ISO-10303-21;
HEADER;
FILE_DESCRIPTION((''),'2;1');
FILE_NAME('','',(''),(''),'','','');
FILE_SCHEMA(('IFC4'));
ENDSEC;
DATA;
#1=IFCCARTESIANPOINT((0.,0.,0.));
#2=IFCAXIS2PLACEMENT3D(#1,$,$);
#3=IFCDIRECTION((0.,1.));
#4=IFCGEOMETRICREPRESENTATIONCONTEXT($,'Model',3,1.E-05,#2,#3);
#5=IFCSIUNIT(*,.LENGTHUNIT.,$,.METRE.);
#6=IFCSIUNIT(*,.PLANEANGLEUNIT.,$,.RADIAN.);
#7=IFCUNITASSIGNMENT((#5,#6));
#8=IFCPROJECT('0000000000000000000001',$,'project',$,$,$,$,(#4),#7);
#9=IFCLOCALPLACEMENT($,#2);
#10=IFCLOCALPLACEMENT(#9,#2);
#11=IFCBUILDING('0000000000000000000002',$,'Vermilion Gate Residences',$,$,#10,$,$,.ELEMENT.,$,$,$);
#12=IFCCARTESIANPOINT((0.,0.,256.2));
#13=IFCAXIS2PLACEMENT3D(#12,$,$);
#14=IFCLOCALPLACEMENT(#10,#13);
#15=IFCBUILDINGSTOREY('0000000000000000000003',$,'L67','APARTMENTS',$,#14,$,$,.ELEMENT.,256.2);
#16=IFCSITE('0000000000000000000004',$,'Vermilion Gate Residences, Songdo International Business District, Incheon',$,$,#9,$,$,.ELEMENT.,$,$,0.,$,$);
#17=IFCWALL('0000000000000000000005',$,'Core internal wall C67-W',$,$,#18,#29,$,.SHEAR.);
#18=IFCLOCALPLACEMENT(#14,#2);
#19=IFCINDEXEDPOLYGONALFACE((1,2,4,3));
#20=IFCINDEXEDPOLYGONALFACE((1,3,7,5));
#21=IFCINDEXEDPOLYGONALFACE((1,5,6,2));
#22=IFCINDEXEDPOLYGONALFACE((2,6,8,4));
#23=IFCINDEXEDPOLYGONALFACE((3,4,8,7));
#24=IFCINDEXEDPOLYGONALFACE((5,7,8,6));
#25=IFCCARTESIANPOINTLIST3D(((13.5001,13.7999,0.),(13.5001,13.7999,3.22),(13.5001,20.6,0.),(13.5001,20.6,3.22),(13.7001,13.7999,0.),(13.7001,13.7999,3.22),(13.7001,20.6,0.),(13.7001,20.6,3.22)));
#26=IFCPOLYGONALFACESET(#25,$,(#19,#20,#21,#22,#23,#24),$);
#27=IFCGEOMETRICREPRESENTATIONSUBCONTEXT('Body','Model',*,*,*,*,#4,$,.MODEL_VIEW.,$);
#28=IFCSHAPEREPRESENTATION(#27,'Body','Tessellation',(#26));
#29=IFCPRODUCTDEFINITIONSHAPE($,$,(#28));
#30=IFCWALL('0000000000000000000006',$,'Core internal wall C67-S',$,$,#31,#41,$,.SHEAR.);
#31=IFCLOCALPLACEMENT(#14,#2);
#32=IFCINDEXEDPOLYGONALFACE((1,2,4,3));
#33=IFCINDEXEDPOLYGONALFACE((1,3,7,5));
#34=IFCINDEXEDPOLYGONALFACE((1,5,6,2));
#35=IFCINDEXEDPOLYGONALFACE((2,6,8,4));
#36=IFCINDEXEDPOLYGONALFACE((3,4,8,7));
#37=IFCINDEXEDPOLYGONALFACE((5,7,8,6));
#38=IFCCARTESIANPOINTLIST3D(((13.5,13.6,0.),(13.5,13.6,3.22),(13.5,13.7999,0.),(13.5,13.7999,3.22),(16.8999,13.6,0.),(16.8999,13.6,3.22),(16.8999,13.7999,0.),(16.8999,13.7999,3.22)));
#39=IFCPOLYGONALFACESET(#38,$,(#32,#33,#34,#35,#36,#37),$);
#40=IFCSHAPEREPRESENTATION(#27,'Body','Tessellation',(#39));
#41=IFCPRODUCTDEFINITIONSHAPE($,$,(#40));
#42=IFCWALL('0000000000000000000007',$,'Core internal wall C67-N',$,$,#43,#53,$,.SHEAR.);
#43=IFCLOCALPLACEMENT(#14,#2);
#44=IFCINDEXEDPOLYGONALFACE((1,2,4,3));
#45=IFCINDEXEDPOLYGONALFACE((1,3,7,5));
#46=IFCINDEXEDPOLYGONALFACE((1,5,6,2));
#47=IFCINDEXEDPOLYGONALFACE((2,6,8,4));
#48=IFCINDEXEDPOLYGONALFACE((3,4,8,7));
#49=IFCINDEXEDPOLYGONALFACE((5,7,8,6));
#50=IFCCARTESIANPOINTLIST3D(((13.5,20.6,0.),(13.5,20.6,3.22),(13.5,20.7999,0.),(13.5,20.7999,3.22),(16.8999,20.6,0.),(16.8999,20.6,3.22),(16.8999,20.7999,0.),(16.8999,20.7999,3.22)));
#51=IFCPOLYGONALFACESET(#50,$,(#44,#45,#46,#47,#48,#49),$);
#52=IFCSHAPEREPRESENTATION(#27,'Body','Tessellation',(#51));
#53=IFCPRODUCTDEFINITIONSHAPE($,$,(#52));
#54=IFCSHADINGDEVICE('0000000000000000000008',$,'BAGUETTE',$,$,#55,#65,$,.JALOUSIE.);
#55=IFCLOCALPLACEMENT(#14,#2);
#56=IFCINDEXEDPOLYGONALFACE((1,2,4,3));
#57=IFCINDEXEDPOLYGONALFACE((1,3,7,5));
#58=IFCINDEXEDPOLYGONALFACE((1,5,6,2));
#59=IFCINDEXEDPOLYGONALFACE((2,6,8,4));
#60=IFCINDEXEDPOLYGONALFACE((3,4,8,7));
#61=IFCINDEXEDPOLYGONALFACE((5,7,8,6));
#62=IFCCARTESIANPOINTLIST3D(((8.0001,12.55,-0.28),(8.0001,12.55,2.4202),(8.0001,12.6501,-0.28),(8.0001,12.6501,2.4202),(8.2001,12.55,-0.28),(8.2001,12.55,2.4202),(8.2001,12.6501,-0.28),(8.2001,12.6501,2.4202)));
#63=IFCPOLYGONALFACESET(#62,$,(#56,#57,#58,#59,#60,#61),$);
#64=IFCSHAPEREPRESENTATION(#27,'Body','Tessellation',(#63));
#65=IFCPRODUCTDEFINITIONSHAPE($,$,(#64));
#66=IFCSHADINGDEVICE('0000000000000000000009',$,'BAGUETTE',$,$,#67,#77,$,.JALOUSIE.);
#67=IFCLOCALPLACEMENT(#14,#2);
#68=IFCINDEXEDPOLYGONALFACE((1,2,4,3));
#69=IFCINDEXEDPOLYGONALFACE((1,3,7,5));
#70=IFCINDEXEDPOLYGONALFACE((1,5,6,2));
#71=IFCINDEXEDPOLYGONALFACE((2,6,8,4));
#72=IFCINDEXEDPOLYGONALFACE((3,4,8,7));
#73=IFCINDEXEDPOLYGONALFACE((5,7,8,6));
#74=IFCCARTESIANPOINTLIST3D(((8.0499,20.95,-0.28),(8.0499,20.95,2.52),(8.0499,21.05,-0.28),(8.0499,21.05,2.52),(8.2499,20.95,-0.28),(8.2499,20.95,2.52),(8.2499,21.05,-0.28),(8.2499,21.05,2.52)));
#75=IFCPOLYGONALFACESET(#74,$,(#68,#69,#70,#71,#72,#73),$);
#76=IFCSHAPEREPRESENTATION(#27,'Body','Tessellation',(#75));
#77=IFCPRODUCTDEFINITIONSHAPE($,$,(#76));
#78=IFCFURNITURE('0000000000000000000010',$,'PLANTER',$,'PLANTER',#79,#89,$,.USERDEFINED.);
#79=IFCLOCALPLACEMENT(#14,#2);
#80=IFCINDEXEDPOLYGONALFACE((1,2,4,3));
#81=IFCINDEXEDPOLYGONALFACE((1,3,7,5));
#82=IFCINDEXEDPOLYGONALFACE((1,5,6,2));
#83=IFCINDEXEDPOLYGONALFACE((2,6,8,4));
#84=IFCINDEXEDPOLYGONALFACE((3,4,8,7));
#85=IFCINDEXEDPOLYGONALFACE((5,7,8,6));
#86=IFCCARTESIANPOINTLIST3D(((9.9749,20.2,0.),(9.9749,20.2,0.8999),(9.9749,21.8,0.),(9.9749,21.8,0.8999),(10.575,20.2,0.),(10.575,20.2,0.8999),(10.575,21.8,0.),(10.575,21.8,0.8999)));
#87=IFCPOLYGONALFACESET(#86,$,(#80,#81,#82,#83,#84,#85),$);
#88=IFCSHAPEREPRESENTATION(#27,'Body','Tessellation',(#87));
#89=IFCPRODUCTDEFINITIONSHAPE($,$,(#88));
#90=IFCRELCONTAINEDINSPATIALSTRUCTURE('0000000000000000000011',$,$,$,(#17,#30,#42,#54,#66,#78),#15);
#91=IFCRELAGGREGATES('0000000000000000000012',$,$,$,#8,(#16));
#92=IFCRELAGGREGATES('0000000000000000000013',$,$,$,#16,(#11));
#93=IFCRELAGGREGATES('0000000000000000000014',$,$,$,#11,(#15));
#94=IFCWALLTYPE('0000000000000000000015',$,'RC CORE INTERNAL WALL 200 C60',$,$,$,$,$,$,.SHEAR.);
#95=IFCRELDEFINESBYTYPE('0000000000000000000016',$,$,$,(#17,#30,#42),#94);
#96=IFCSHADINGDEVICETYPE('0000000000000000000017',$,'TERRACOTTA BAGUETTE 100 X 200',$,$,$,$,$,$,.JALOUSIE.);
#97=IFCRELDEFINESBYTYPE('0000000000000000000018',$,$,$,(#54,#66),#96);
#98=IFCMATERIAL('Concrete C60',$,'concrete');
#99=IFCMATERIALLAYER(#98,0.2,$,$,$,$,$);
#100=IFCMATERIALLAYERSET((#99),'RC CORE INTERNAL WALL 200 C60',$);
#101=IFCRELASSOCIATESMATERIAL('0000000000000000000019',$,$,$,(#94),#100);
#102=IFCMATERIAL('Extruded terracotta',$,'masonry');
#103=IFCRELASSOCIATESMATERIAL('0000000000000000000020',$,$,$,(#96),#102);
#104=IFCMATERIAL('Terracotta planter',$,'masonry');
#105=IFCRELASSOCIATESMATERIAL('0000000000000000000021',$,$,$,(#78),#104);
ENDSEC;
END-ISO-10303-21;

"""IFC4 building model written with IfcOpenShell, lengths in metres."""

from ifc_helpers import new_model, si_unit, direction, frame, frame_2d, origin, origin_2d, place, context, subcontext, project, spatial, rectangle, extrude, material, layer, layer_set, material_profile, profile_set, type_object, element, save


model = new_model("IFC4")

# Units and contexts
model_context = context("Model", 3, precision=1e-05, world=origin(), true_north=direction((0.0, 1.0)))
body_context = subcontext(model_context, "Body", "Model", "MODEL_VIEW")
ifc_project = project(units=[si_unit("LENGTHUNIT", "METRE"), si_unit("PLANEANGLEUNIT", "RADIAN")], contexts=[model_context])

# Site, building, storey
site_placement = place(None, origin())
site = spatial("IfcSite", under=ifc_project, at=site_placement, Name="Vermilion Gate Residences, Songdo International Business District, Incheon", CompositionType="ELEMENT", RefElevation=0.0)
building_placement = place(site_placement, origin())
building = spatial("IfcBuilding", under=site, at=building_placement, Name="Vermilion Gate Residences", CompositionType="ELEMENT")
storey_placement = place(building_placement, frame((0.0, 0.0, 256.2)))
storey = spatial("IfcBuildingStorey", under=building, at=storey_placement, Name="L67", Description="APARTMENTS", CompositionType="ELEMENT", Elevation=256.2)

# Walls
ifc_material_1 = material(Name="Concrete C60", Category="concrete")
ifc_layer_1 = layer(ifc_material_1, 0.2)
ifc_layer_set_1 = layer_set([ifc_layer_1], Name="RC CORE INTERNAL WALL 200 C60")
wall_type_1 = type_object("IfcWallType", Name="RC CORE INTERNAL WALL 200 C60", PredefinedType="SHEAR", material=ifc_layer_set_1)
wall_1_placement = place(storey_placement, frame((13.6001, 13.8, 0.0), z_axis=(0.0, 0.0, 1.0), x_axis=(0.0, 1.0, 0.0)))
element("IfcWall", 1, at=wall_1_placement, inside=storey, type_object=wall_type_1, Name="Core internal wall C67-W", PredefinedType="SHEAR", context=body_context, shape_type="SweptSolid", body=[
    extrude(rectangle(XDim=6.8, YDim=0.2, at=frame_2d((3.3999, 0.0))), origin(), (0.0, 0.0, 1.0), 3.22),
])
for number, where, z_axis, x_axis, name in (
    (2, (13.5, 13.7, 0.0), (0.0, 0.0, 1.0), (1.0, 0.0, 0.0), "Core internal wall C67-S"),
    (3, (13.5, 20.7, 0.0), (0.0, 0.0, 1.0), (1.0, 0.0, 0.0), "Core internal wall C67-N"),
):
    element("IfcWall", number, at=place(storey_placement, frame(where, z_axis=z_axis, x_axis=x_axis)), inside=storey, type_object=wall_type_1, Name=name, PredefinedType="SHEAR", context=body_context, shape_type="SweptSolid", body=[
        extrude(rectangle(XDim=3.3999, YDim=0.2, at=frame_2d((1.7, 0.0))), origin(), (0.0, 0.0, 1.0), 3.22),
    ])

# Shading devices
ifc_material_2 = material(Name="Extruded terracotta", Category="masonry")
ifc_material_profile_1 = material_profile(ifc_material_2, rectangle(XDim=0.2, YDim=0.1001, at=origin_2d()), Name="BAGUETTE 100 X 200")
ifc_profile_set_1 = profile_set([ifc_material_profile_1], Name="Extruded terracotta")
shading_device_type = type_object("IfcShadingDeviceType", Name="TERRACOTTA BAGUETTE 100 X 200", PredefinedType="JALOUSIE", material=ifc_profile_set_1)
shading_device_1_placement = place(storey_placement, frame((8.1001, 12.6001, -0.28), z_axis=(0.0, 0.0, 1.0), x_axis=(1.0, 0.0, 0.0)))
element("IfcShadingDevice", 4, at=shading_device_1_placement, inside=storey, type_object=shading_device_type, Name="BAGUETTE", PredefinedType="JALOUSIE", context=body_context, shape_type="SweptSolid", body=[
    extrude(rectangle(XDim=0.2, YDim=0.1001, at=origin_2d()), origin(), (0.0, 0.0, 1.0), 2.7002),
])
shading_device_2_placement = place(storey_placement, frame((8.1499, 21.0, -0.28), z_axis=(0.0, 0.0, 1.0), x_axis=(1.0, 0.0, 0.0)))
element("IfcShadingDevice", 5, at=shading_device_2_placement, inside=storey, type_object=shading_device_type, Name="BAGUETTE", PredefinedType="JALOUSIE", context=body_context, shape_type="SweptSolid", body=[
    extrude(rectangle(XDim=0.2, YDim=0.1001, at=origin_2d()), origin(), (0.0, 0.0, 1.0), 2.8),
])

# Furniture
ifc_material_3 = material(Name="Terracotta planter", Category="masonry")
furniture_placement = place(storey_placement, frame((10.2749, 21.0, 0.0), z_axis=(0.0, 0.0, 1.0), x_axis=(0.0, -1.0, 0.0)))
element("IfcFurniture", 6, at=furniture_placement, inside=storey, material=ifc_material_3, Name="PLANTER", ObjectType="PLANTER", PredefinedType="USERDEFINED", context=body_context, shape_type="SweptSolid", body=[
    extrude(rectangle(XDim=1.6001, YDim=0.6001, at=origin_2d()), origin(), (0.0, 0.0, 1.0), 0.8999),
])

save(model, "model.ifc")
